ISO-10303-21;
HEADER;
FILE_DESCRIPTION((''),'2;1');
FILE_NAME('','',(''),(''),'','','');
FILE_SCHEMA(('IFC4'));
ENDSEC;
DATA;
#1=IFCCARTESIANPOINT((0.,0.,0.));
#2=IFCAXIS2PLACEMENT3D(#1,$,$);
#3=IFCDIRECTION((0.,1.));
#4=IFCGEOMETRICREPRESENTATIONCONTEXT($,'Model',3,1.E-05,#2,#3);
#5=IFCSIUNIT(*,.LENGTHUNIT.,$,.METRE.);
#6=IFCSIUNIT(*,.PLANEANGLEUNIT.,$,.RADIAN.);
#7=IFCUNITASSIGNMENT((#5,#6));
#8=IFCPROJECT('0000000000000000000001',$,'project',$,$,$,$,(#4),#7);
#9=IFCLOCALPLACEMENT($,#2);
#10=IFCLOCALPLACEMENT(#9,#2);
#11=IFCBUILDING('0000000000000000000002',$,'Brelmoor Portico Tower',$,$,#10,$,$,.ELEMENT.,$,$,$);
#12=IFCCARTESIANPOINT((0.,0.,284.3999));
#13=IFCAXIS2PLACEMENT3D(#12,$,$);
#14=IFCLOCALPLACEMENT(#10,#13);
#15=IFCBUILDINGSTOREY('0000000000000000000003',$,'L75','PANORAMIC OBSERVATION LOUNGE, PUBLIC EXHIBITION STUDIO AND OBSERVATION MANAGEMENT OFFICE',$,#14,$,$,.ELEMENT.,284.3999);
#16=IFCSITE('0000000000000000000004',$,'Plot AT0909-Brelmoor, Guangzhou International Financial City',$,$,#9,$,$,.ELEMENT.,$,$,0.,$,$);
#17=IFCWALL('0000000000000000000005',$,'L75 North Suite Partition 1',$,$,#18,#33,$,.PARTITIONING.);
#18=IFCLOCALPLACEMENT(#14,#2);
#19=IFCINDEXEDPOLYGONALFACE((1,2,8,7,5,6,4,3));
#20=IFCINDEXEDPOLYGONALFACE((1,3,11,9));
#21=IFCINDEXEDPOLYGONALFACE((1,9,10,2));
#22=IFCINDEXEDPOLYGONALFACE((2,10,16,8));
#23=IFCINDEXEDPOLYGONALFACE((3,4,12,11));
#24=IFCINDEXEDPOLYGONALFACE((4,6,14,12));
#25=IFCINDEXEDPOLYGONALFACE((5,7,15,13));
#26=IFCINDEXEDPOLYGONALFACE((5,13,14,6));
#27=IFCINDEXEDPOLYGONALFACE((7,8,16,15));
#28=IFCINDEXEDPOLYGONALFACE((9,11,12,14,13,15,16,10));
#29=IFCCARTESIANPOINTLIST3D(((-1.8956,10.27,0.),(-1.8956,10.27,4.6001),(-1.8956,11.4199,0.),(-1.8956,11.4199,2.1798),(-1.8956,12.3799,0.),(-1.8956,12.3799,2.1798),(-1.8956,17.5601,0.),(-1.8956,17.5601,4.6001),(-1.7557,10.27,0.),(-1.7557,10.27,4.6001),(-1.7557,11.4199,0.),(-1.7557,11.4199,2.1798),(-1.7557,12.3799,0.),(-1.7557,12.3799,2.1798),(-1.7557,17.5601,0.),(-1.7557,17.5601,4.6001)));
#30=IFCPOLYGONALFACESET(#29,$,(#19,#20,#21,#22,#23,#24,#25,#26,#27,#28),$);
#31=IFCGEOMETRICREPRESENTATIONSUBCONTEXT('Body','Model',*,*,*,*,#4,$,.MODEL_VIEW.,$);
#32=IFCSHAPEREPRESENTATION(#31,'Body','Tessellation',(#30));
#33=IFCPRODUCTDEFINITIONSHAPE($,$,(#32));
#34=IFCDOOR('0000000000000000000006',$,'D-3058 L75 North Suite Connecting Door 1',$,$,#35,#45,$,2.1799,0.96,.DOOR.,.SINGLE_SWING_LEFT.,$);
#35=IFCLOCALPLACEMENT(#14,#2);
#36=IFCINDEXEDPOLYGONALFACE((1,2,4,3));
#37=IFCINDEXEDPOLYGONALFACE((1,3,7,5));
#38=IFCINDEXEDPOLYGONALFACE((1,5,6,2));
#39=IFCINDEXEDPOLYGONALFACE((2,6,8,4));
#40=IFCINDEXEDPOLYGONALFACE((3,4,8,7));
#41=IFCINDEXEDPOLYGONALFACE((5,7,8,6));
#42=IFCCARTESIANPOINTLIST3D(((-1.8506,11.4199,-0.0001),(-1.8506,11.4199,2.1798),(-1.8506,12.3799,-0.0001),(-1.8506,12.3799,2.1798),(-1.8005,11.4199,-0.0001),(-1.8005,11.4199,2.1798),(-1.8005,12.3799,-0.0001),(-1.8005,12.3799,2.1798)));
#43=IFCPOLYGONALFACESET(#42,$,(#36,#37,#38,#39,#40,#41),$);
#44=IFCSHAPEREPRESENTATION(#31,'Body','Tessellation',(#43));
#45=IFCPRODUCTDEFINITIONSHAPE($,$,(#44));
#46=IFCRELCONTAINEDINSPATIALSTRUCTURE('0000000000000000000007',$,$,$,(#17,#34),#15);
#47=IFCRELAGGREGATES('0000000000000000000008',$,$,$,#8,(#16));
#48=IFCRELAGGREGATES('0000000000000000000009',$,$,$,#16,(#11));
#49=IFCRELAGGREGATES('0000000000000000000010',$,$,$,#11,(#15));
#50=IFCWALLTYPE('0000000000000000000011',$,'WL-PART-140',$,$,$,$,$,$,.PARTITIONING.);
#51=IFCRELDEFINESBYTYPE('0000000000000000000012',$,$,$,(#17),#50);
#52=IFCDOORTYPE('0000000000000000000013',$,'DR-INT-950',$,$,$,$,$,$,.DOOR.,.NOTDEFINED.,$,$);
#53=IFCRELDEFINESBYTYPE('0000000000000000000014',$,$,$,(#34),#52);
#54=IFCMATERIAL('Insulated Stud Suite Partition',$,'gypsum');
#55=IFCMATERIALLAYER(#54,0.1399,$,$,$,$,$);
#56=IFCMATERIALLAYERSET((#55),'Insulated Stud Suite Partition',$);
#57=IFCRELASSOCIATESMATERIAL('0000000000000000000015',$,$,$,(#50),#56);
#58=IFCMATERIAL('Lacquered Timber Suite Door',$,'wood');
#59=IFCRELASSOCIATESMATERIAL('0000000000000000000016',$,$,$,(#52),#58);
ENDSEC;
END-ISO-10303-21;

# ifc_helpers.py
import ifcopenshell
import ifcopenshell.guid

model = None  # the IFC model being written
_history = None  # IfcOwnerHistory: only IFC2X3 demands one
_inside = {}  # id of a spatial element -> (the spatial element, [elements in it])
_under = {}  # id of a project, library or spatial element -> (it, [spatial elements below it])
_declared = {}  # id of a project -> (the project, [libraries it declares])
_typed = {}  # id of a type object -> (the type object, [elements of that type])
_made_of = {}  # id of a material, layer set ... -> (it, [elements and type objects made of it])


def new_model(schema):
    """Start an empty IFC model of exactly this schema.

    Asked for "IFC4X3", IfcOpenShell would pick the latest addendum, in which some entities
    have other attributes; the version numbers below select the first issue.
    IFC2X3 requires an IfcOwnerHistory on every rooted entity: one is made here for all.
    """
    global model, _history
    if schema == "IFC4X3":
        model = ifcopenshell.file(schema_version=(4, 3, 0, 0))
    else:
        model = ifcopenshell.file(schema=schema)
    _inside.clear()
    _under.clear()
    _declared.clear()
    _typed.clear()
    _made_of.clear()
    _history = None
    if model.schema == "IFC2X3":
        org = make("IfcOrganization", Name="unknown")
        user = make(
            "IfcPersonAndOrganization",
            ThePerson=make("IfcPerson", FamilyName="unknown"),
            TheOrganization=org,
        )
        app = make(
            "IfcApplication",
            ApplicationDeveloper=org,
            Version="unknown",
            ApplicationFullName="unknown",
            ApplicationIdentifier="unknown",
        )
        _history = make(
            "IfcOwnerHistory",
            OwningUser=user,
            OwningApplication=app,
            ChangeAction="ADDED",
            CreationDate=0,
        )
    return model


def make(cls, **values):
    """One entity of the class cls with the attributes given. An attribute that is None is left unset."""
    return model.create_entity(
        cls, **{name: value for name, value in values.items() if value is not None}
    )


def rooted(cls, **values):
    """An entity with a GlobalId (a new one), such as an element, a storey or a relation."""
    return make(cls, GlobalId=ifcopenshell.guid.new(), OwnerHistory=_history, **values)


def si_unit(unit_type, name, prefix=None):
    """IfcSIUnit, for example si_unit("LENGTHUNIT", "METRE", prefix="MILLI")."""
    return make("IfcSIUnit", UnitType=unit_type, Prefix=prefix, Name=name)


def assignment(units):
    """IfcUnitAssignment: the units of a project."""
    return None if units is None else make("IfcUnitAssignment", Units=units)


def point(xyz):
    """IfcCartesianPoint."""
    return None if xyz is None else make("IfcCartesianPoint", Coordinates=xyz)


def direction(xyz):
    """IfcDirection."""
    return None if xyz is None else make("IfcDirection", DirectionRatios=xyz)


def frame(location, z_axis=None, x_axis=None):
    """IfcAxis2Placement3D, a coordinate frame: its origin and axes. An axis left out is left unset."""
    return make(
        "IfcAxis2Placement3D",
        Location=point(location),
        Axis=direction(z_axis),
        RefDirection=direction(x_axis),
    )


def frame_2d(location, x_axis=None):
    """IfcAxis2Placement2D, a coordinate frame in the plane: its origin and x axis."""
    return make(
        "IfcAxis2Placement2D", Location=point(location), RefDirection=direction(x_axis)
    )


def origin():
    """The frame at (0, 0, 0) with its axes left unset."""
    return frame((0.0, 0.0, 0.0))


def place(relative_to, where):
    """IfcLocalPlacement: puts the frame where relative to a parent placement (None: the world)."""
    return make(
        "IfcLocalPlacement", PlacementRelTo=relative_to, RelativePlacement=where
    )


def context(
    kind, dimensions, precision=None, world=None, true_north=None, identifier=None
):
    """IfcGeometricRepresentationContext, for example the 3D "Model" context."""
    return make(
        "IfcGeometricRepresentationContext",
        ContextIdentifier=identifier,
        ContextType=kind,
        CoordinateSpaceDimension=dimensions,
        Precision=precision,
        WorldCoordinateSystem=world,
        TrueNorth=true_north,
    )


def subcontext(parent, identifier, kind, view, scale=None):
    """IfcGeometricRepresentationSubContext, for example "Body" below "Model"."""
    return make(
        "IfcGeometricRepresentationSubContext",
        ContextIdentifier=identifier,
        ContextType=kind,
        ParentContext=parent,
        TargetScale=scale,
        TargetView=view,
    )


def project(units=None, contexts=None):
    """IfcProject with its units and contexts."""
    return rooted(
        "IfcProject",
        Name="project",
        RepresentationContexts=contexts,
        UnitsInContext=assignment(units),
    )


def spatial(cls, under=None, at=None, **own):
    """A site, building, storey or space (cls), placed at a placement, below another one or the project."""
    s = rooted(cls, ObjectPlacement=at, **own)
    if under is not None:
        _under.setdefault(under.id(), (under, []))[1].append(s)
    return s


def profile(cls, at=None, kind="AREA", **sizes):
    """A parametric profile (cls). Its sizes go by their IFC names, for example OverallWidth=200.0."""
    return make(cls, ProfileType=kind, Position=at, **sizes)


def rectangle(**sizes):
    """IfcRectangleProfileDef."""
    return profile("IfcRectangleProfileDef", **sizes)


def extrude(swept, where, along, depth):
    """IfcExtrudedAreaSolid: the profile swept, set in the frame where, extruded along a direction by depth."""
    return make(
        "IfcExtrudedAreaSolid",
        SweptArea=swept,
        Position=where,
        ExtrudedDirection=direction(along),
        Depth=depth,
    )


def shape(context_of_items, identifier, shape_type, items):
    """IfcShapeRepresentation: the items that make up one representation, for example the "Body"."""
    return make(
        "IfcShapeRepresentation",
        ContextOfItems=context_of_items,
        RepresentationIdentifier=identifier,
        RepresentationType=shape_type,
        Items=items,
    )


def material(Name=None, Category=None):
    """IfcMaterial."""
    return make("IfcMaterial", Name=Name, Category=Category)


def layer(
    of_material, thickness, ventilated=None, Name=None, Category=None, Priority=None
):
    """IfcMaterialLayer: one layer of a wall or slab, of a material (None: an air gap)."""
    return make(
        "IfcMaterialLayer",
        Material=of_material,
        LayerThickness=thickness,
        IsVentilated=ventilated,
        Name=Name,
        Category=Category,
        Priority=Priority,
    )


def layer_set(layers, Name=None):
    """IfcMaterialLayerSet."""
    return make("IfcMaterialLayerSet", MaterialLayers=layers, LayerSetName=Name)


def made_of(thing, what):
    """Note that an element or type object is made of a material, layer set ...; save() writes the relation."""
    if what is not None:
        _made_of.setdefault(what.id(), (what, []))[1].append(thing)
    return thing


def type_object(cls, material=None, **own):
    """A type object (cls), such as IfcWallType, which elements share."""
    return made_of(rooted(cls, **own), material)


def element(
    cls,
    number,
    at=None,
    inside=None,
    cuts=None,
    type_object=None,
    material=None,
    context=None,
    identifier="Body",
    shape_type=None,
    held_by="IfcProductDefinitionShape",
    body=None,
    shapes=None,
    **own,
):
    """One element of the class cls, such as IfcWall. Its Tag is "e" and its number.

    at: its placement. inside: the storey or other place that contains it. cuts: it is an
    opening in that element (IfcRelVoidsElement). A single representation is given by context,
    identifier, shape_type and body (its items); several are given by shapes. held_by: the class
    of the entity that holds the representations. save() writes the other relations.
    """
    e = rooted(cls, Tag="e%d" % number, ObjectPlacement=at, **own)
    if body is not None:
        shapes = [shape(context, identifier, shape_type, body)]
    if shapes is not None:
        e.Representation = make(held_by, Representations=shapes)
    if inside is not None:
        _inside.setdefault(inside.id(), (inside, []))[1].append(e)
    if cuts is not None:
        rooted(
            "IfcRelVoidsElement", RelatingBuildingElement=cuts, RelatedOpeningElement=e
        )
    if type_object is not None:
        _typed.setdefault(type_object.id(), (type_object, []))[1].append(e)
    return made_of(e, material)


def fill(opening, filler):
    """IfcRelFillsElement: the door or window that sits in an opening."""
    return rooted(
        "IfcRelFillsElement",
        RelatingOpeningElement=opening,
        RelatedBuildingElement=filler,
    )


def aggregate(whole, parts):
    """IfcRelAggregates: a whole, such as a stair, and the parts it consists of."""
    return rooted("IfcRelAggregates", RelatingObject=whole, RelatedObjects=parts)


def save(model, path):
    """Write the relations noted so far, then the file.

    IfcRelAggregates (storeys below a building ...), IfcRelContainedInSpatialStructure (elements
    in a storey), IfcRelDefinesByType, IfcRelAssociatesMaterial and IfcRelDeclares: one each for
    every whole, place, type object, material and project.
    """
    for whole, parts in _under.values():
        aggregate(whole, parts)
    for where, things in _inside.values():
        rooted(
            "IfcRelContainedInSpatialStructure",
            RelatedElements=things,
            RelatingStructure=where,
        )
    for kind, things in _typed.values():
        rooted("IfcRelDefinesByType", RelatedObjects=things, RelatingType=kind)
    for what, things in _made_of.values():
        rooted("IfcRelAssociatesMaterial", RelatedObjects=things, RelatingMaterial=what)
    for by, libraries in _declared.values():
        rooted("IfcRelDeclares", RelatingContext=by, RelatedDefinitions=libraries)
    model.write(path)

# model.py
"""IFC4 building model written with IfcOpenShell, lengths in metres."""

from ifc_helpers import new_model, si_unit, direction, frame, frame_2d, origin, place, context, subcontext, project, spatial, rectangle, extrude, material, layer, layer_set, type_object, element, fill, save


model = new_model("IFC4")

# Units and contexts
model_context = context("Model", 3, precision=1e-05, world=origin(), true_north=direction((0.0, 1.0)))
body_context = subcontext(model_context, "Body", "Model", "MODEL_VIEW")
ifc_project = project(units=[si_unit("LENGTHUNIT", "METRE"), si_unit("PLANEANGLEUNIT", "RADIAN")], contexts=[model_context])

# Site, building, storey
site_placement = place(None, origin())
site = spatial("IfcSite", under=ifc_project, at=site_placement, Name="Plot AT0909-Brelmoor, Guangzhou International Financial City", CompositionType="ELEMENT", RefElevation=0.0)
building_placement = place(site_placement, origin())
building = spatial("IfcBuilding", under=site, at=building_placement, Name="Brelmoor Portico Tower", CompositionType="ELEMENT")
storey_placement = place(building_placement, frame((0.0, 0.0, 284.3999)))
storey = spatial("IfcBuildingStorey", under=building, at=storey_placement, Name="L75", Description="PANORAMIC OBSERVATION LOUNGE, PUBLIC EXHIBITION STUDIO AND OBSERVATION MANAGEMENT OFFICE", CompositionType="ELEMENT", Elevation=284.3999)

# Wall, opening, door
ifc_material_1 = material(Name="Insulated Stud Suite Partition", Category="gypsum")
ifc_layer_1 = layer(ifc_material_1, 0.1399)
ifc_layer_set_1 = layer_set([ifc_layer_1], Name="Insulated Stud Suite Partition")
wall_type_1 = type_object("IfcWallType", Name="WL-PART-140", PredefinedType="PARTITIONING", material=ifc_layer_set_1)
wall_1_placement = place(storey_placement, frame((-1.8257, 10.27, 0.0), z_axis=(0.0, 0.0, 1.0), x_axis=(0.0, 1.0, 0.0)))
wall_1 = element("IfcWall", 1, at=wall_1_placement, inside=storey, type_object=wall_type_1, Name="L75 North Suite Partition 1", PredefinedType="PARTITIONING", context=body_context, shape_type="SweptSolid", body=[
    extrude(rectangle(XDim=7.29, YDim=0.1399, at=frame_2d((3.645, 0.0))), origin(), (0.0, 0.0, 1.0), 4.6001),
])
opening_1_placement = place(wall_1_placement, frame((1.1499, 0.0, 0.0)))
opening_1 = element("IfcOpeningElement", 2, at=opening_1_placement, cuts=wall_1, PredefinedType="OPENING", context=body_context, shape_type="SweptSolid", body=[
    extrude(rectangle(XDim=0.96, YDim=2.1799, at=frame_2d((0.48, 1.0898))), frame((0.0, 0.0798, 0.0), z_axis=(0.0, -1.0, 0.0), x_axis=(1.0, 0.0, 0.0)), (0.0, 0.0, 1.0), 0.1599),
])
ifc_material_2 = material(Name="Lacquered Timber Suite Door", Category="wood")
door_type = type_object("IfcDoorType", Name="DR-INT-950", OperationType="NOTDEFINED", PredefinedType="DOOR", material=ifc_material_2)
door_placement = place(opening_1_placement, origin())
door = element("IfcDoor", 3, at=door_placement, inside=storey, type_object=door_type, Name="D-3058 L75 North Suite Connecting Door 1", OperationType="SINGLE_SWING_LEFT", OverallHeight=2.1799, OverallWidth=0.96, PredefinedType="DOOR", context=body_context, shape_type="SweptSolid", body=[
    extrude(rectangle(XDim=0.96, YDim=2.1799, at=frame_2d((0.48, 1.0898))), frame((0.0, 0.0249, 0.0), z_axis=(0.0, -1.0, 0.0), x_axis=(1.0, 0.0, 0.0)), (0.0, 0.0, 1.0), 0.05),
])
fill(opening_1, door)

save(model, "model.ifc")
